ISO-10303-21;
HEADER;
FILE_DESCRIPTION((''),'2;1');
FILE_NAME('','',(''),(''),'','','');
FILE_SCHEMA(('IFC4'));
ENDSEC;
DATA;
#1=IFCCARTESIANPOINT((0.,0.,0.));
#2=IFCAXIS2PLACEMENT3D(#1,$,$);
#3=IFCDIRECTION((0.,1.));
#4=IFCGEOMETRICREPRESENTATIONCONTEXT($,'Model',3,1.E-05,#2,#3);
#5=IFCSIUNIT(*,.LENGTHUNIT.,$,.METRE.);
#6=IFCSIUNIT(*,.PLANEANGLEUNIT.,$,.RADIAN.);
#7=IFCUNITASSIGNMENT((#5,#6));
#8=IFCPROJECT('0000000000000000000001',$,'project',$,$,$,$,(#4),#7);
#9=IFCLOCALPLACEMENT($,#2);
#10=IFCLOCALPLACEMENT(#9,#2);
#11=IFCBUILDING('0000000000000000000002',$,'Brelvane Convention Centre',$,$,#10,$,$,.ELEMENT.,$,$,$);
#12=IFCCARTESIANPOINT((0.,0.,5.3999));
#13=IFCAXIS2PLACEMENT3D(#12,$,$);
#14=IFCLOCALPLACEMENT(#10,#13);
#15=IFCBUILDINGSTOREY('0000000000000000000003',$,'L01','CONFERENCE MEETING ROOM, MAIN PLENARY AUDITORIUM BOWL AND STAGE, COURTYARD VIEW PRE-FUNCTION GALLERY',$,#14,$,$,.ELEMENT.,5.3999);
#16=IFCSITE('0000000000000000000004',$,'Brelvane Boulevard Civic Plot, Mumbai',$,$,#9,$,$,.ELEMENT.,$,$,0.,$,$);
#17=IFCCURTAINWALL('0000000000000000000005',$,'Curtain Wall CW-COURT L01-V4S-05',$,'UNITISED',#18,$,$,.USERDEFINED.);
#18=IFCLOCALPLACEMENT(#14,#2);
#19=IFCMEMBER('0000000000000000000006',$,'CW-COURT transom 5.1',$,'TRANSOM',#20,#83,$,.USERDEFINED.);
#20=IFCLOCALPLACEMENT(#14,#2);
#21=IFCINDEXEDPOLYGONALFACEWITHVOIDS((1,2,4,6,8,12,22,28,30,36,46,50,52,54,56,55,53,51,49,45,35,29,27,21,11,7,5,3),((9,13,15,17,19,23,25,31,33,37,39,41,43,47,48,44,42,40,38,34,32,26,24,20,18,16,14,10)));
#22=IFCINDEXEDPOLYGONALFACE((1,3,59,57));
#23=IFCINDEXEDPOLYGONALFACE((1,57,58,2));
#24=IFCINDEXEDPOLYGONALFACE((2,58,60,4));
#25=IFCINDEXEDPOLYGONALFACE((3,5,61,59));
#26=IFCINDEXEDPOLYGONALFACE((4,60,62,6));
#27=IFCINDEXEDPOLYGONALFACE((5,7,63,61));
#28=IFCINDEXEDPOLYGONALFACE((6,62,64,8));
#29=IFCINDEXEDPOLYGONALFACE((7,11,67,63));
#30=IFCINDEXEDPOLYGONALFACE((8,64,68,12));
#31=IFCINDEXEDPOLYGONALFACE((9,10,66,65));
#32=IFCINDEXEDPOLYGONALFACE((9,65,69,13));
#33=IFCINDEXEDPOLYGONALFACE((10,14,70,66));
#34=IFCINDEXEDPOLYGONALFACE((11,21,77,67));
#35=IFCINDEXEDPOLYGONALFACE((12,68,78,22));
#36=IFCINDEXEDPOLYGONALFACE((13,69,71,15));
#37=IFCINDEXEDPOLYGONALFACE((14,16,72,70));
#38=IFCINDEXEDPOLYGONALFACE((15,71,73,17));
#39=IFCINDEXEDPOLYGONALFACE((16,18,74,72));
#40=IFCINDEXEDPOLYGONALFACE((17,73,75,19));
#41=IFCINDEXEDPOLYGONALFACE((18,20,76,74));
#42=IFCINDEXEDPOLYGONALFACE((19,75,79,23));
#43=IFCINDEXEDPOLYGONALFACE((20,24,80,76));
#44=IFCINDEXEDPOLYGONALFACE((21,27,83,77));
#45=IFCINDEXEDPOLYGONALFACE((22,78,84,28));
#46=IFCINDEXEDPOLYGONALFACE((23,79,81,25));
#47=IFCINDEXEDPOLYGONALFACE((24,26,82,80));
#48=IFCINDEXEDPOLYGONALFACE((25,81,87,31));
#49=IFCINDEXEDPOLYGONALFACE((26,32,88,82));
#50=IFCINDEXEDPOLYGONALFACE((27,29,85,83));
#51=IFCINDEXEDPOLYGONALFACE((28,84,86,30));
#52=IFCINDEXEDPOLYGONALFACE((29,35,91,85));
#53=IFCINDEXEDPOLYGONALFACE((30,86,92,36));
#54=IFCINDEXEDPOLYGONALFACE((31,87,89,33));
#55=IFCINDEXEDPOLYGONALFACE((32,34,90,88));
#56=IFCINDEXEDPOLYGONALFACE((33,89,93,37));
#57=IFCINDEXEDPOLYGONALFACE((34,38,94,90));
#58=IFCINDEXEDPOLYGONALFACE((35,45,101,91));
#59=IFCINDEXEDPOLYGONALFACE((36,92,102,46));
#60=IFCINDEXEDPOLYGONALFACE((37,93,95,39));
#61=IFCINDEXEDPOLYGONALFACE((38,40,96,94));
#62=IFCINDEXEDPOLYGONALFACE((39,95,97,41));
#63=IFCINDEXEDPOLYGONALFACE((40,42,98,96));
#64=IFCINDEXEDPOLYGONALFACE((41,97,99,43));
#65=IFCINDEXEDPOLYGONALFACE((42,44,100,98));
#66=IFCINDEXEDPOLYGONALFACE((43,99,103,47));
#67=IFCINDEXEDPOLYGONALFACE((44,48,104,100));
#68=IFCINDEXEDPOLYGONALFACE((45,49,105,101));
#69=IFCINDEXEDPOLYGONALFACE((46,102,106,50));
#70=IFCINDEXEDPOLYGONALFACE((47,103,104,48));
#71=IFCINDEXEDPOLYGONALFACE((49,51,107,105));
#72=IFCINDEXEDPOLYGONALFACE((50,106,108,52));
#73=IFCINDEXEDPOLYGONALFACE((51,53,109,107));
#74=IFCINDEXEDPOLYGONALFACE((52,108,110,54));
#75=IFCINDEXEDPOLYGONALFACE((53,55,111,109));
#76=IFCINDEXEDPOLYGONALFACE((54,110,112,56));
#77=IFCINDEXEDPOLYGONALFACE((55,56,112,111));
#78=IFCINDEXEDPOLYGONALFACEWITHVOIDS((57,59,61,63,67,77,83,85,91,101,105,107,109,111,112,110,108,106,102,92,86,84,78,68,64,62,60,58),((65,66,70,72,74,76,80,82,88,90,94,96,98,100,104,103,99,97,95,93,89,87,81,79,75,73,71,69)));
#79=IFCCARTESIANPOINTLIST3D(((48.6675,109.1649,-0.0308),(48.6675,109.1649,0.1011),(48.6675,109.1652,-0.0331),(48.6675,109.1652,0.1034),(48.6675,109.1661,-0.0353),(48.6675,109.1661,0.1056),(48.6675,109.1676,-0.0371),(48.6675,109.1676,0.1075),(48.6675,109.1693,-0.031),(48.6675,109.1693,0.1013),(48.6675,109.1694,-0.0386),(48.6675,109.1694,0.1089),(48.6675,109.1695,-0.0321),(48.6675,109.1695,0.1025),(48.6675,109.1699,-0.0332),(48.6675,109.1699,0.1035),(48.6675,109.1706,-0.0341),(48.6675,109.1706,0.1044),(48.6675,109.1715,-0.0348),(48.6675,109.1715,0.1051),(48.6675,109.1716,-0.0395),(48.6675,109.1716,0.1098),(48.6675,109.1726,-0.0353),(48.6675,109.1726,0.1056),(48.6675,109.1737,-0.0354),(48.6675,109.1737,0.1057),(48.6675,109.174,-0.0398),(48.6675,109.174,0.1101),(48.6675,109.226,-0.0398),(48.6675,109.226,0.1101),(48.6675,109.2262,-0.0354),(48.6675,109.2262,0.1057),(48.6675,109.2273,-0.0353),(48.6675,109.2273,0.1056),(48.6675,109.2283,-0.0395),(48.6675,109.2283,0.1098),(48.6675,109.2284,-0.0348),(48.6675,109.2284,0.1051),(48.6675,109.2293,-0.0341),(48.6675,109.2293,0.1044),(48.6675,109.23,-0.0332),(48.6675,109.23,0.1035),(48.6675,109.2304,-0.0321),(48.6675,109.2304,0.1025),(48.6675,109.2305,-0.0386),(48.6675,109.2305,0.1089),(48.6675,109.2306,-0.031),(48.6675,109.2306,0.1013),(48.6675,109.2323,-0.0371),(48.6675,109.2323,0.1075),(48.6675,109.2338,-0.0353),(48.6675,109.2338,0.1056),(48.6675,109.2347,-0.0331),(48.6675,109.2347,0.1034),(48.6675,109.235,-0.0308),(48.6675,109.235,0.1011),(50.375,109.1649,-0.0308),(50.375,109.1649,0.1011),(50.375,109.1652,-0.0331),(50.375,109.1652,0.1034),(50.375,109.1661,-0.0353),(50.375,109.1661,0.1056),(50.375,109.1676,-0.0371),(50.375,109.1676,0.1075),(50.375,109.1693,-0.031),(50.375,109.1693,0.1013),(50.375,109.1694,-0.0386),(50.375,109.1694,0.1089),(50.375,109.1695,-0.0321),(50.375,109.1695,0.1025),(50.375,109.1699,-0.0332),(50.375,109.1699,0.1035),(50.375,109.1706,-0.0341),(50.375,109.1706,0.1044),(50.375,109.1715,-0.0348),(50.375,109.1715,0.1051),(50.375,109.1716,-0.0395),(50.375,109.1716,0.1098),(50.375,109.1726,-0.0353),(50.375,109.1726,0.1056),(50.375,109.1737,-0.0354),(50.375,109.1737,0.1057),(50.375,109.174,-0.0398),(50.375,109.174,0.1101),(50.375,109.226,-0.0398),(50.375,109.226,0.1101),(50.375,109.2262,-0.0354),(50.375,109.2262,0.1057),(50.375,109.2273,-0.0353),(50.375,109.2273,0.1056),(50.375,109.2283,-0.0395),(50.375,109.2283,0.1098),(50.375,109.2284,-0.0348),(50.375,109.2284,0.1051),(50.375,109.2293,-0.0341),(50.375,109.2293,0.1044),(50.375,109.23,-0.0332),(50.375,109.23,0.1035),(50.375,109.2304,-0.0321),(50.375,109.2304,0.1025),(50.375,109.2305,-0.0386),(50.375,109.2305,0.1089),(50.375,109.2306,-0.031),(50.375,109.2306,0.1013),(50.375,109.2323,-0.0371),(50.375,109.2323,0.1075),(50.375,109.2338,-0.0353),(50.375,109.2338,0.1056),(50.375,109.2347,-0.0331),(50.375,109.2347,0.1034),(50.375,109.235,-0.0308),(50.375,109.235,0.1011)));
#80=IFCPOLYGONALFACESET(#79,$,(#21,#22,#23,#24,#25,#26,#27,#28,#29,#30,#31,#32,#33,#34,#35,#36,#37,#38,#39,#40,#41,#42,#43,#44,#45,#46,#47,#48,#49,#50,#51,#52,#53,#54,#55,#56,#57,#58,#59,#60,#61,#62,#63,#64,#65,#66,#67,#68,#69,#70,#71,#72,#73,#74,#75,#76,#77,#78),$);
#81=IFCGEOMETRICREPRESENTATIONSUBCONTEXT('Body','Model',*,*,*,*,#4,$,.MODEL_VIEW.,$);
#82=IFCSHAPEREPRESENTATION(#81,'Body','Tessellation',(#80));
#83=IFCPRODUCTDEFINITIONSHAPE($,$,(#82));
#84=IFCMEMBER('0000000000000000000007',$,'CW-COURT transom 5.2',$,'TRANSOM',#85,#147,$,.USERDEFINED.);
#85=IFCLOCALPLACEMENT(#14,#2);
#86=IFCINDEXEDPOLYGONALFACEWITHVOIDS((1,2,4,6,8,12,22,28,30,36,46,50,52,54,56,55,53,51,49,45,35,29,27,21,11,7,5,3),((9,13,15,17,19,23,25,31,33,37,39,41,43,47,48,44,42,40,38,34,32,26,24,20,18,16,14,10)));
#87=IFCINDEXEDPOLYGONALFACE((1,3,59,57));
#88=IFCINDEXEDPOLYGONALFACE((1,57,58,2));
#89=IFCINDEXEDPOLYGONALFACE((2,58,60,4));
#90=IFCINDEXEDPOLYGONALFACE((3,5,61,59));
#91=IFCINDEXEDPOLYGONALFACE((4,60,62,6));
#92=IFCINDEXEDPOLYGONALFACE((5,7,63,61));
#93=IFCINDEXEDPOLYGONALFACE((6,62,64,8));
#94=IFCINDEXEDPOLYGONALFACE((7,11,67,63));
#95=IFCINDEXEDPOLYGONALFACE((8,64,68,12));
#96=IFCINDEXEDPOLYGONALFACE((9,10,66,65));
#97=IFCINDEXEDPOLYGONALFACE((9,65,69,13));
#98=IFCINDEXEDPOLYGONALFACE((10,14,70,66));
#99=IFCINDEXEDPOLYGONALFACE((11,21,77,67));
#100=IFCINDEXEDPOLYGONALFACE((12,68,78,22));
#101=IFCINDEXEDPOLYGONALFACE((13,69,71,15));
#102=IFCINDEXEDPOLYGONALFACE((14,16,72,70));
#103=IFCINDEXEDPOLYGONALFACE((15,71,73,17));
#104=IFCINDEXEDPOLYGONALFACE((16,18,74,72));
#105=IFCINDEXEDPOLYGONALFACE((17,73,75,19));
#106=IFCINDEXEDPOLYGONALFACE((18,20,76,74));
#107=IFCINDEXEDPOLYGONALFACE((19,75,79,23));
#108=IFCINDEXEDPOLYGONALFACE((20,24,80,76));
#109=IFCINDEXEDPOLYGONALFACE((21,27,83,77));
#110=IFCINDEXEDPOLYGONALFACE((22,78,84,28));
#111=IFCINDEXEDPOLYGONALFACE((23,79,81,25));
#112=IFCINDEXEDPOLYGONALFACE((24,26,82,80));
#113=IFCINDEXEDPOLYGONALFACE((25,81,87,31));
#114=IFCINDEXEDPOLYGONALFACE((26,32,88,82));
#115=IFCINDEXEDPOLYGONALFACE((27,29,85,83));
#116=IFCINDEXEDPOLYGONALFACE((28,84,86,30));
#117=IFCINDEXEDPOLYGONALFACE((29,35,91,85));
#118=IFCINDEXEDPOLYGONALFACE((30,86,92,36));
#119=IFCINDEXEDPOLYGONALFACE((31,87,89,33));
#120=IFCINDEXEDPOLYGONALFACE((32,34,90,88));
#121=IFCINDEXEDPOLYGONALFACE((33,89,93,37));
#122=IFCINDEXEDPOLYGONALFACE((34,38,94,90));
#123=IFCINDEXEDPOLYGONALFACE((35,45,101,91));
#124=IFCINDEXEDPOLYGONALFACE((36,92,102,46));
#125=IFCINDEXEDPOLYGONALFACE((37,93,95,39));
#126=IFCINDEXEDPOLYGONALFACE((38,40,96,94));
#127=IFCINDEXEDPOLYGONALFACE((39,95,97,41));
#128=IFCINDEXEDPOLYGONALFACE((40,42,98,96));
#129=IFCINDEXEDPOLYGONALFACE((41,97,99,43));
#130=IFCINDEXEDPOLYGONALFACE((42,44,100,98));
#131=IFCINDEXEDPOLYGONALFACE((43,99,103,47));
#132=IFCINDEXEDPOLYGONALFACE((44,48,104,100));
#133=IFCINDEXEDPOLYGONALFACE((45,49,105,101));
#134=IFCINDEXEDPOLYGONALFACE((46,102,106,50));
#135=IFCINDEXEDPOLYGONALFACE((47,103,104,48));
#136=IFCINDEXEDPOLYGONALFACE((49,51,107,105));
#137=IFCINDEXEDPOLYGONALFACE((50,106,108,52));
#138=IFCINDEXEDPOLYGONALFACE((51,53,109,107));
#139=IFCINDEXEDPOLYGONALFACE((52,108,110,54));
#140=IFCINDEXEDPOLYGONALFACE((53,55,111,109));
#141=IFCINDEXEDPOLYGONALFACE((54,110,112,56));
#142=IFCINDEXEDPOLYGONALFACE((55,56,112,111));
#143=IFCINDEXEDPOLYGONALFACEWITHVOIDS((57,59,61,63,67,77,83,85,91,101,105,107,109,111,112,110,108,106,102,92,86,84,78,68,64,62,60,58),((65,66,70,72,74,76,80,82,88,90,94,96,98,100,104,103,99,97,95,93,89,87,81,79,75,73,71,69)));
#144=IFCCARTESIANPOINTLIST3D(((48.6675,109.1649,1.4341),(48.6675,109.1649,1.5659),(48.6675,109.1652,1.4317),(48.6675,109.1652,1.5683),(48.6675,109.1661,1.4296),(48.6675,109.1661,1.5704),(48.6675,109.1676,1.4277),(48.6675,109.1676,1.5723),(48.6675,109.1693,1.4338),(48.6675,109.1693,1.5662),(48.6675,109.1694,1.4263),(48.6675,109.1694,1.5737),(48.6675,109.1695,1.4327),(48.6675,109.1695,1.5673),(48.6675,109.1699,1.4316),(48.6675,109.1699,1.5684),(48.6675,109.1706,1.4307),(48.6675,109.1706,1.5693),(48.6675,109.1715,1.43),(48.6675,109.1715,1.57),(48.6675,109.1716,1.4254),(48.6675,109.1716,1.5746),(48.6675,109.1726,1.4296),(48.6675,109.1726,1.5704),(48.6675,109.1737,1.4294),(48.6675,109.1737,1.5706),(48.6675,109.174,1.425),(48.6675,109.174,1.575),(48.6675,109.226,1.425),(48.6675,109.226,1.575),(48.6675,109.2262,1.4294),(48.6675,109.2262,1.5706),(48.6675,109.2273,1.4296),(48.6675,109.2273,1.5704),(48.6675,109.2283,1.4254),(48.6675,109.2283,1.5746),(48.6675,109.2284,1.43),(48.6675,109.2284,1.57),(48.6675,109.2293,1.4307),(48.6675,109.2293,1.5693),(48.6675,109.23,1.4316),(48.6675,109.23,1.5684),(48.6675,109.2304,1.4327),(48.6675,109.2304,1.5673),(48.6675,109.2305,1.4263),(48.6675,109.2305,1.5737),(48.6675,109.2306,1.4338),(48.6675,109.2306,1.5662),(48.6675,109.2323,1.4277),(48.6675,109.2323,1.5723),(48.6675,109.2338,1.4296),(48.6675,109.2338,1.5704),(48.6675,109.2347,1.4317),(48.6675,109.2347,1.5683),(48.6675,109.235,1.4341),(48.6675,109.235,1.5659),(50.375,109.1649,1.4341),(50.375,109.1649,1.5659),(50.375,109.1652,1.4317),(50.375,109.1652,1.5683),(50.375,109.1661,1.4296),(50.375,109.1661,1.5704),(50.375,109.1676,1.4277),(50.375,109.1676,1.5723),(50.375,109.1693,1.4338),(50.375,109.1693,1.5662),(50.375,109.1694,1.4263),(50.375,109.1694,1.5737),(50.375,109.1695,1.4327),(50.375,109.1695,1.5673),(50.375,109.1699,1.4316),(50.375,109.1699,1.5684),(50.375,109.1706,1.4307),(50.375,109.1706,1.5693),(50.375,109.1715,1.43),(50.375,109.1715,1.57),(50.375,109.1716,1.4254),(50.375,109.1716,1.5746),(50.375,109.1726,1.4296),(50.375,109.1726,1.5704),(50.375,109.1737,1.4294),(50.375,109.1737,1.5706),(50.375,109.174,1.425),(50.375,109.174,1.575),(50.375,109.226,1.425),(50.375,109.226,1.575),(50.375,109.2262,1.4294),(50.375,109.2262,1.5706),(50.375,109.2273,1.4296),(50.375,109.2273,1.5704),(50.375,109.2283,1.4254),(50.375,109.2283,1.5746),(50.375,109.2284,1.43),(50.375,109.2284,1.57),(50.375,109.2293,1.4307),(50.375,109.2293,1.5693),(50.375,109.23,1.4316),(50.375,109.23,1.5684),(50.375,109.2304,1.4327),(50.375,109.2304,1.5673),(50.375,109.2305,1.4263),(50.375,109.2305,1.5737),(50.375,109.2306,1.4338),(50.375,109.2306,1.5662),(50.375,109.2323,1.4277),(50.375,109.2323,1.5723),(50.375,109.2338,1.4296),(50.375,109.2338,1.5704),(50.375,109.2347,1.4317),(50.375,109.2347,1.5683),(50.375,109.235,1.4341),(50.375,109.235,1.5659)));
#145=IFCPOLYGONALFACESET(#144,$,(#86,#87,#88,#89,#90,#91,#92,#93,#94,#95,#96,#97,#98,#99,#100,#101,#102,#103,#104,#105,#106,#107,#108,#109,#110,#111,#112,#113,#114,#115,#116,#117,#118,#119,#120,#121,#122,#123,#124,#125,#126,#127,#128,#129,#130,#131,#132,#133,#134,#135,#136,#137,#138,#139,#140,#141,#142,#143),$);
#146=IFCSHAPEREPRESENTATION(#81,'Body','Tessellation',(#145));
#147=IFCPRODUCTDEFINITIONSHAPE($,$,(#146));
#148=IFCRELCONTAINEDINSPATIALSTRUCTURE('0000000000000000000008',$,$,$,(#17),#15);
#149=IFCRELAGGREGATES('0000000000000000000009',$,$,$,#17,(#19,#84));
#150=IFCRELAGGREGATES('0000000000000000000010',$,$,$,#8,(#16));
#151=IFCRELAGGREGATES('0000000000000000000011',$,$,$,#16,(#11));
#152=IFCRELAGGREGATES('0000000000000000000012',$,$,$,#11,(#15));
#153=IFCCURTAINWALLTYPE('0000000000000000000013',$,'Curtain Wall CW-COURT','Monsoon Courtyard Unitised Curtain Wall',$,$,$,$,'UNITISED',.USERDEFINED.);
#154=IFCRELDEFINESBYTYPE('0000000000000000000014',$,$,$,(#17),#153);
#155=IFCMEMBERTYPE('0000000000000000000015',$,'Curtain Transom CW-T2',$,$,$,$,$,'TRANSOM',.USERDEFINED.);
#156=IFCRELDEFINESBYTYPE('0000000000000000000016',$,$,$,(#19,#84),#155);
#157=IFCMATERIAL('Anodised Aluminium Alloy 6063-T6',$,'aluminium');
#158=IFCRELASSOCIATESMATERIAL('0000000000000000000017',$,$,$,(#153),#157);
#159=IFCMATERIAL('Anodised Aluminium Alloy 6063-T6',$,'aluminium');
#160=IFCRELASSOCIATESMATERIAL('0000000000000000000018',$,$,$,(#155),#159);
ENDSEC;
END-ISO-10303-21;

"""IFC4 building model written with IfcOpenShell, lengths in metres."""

from ifc_helpers import new_model, si_unit, direction, frame, origin, origin_2d, place, context, subcontext, project, spatial, hollow_rectangle, extrude, material, material_profile, profile_set, type_object, element, aggregate, save


model = new_model("IFC4")

# Units and contexts
model_context = context("Model", 3, precision=1e-05, world=origin(), true_north=direction((0.0, 1.0)))
body_context = subcontext(model_context, "Body", "Model", "MODEL_VIEW")
ifc_project = project(units=[si_unit("LENGTHUNIT", "METRE"), si_unit("PLANEANGLEUNIT", "RADIAN")], contexts=[model_context])

# Site, building, storey
site_placement = place(None, origin())
site = spatial("IfcSite", under=ifc_project, at=site_placement, Name="Brelvane Boulevard Civic Plot, Mumbai", CompositionType="ELEMENT", RefElevation=0.0)
building_placement = place(site_placement, origin())
building = spatial("IfcBuilding", under=site, at=building_placement, Name="Brelvane Convention Centre", CompositionType="ELEMENT")
storey_placement = place(building_placement, frame((0.0, 0.0, 5.3999)))
storey = spatial("IfcBuildingStorey", under=building, at=storey_placement, Name="L01", Description="CONFERENCE MEETING ROOM, MAIN PLENARY AUDITORIUM BOWL AND STAGE, COURTYARD VIEW PRE-FUNCTION GALLERY", CompositionType="ELEMENT", Elevation=5.3999)

# Curtain wall, members
ifc_material_1 = material(Name="Anodised Aluminium Alloy 6063-T6", Category="aluminium")
curtain_wall_type = type_object("IfcCurtainWallType", Name="Curtain Wall CW-COURT", Description="Monsoon Courtyard Unitised Curtain Wall", ElementType="UNITISED", PredefinedType="USERDEFINED", material=ifc_material_1)
curtain_wall_placement = place(storey_placement, origin())
curtain_wall = element("IfcCurtainWall", 1, at=curtain_wall_placement, inside=storey, type_object=curtain_wall_type, Name="Curtain Wall CW-COURT L01-V4S-05", ObjectType="UNITISED", PredefinedType="USERDEFINED")
ifc_material_2 = material(Name="Anodised Aluminium Alloy 6063-T6", Category="aluminium")
ifc_material_profile_1 = material_profile(ifc_material_2, hollow_rectangle(XDim=0.0701, YDim=0.1499, WallThickness=0.0044, InnerFilletRadius=0.0044, OuterFilletRadius=0.009, at=origin_2d()), Name="ALU-T 150x70x4.5")
ifc_profile_set_1 = profile_set([ifc_material_profile_1], Name="Anodised Aluminium Alloy 6063-T6")
member_type_1 = type_object("IfcMemberType", Name="Curtain Transom CW-T2", ElementType="TRANSOM", PredefinedType="USERDEFINED", material=ifc_profile_set_1)
member_1_placement = place(storey_placement, frame((48.6675, 109.2, 0.0352), z_axis=(1.0, 0.0, 0.0), x_axis=(0.0, 1.0, 0.0)))
member_1 = element("IfcMember", 2, at=member_1_placement, type_object=member_type_1, Name="CW-COURT transom 5.1", ObjectType="TRANSOM", PredefinedType="USERDEFINED", context=body_context, shape_type="SweptSolid", body=[
    extrude(hollow_rectangle(XDim=0.0701, YDim=0.1499, WallThickness=0.0044, InnerFilletRadius=0.0044, OuterFilletRadius=0.009, at=origin_2d()), origin(), (0.0, 0.0, 1.0), 1.7075),
])
member_2_placement = place(storey_placement, frame((48.6675, 109.2, 1.5), z_axis=(1.0, 0.0, 0.0), x_axis=(0.0, 1.0, 0.0)))
member_2 = element("IfcMember", 3, at=member_2_placement, type_object=member_type_1, Name="CW-COURT transom 5.2", ObjectType="TRANSOM", PredefinedType="USERDEFINED", context=body_context, shape_type="SweptSolid", body=[
    extrude(hollow_rectangle(XDim=0.0701, YDim=0.1499, WallThickness=0.0044, InnerFilletRadius=0.0044, OuterFilletRadius=0.009, at=origin_2d()), origin(), (0.0, 0.0, 1.0), 1.7075),
])

aggregate(curtain_wall, [member_1, member_2])

save(model, "model.ifc")
